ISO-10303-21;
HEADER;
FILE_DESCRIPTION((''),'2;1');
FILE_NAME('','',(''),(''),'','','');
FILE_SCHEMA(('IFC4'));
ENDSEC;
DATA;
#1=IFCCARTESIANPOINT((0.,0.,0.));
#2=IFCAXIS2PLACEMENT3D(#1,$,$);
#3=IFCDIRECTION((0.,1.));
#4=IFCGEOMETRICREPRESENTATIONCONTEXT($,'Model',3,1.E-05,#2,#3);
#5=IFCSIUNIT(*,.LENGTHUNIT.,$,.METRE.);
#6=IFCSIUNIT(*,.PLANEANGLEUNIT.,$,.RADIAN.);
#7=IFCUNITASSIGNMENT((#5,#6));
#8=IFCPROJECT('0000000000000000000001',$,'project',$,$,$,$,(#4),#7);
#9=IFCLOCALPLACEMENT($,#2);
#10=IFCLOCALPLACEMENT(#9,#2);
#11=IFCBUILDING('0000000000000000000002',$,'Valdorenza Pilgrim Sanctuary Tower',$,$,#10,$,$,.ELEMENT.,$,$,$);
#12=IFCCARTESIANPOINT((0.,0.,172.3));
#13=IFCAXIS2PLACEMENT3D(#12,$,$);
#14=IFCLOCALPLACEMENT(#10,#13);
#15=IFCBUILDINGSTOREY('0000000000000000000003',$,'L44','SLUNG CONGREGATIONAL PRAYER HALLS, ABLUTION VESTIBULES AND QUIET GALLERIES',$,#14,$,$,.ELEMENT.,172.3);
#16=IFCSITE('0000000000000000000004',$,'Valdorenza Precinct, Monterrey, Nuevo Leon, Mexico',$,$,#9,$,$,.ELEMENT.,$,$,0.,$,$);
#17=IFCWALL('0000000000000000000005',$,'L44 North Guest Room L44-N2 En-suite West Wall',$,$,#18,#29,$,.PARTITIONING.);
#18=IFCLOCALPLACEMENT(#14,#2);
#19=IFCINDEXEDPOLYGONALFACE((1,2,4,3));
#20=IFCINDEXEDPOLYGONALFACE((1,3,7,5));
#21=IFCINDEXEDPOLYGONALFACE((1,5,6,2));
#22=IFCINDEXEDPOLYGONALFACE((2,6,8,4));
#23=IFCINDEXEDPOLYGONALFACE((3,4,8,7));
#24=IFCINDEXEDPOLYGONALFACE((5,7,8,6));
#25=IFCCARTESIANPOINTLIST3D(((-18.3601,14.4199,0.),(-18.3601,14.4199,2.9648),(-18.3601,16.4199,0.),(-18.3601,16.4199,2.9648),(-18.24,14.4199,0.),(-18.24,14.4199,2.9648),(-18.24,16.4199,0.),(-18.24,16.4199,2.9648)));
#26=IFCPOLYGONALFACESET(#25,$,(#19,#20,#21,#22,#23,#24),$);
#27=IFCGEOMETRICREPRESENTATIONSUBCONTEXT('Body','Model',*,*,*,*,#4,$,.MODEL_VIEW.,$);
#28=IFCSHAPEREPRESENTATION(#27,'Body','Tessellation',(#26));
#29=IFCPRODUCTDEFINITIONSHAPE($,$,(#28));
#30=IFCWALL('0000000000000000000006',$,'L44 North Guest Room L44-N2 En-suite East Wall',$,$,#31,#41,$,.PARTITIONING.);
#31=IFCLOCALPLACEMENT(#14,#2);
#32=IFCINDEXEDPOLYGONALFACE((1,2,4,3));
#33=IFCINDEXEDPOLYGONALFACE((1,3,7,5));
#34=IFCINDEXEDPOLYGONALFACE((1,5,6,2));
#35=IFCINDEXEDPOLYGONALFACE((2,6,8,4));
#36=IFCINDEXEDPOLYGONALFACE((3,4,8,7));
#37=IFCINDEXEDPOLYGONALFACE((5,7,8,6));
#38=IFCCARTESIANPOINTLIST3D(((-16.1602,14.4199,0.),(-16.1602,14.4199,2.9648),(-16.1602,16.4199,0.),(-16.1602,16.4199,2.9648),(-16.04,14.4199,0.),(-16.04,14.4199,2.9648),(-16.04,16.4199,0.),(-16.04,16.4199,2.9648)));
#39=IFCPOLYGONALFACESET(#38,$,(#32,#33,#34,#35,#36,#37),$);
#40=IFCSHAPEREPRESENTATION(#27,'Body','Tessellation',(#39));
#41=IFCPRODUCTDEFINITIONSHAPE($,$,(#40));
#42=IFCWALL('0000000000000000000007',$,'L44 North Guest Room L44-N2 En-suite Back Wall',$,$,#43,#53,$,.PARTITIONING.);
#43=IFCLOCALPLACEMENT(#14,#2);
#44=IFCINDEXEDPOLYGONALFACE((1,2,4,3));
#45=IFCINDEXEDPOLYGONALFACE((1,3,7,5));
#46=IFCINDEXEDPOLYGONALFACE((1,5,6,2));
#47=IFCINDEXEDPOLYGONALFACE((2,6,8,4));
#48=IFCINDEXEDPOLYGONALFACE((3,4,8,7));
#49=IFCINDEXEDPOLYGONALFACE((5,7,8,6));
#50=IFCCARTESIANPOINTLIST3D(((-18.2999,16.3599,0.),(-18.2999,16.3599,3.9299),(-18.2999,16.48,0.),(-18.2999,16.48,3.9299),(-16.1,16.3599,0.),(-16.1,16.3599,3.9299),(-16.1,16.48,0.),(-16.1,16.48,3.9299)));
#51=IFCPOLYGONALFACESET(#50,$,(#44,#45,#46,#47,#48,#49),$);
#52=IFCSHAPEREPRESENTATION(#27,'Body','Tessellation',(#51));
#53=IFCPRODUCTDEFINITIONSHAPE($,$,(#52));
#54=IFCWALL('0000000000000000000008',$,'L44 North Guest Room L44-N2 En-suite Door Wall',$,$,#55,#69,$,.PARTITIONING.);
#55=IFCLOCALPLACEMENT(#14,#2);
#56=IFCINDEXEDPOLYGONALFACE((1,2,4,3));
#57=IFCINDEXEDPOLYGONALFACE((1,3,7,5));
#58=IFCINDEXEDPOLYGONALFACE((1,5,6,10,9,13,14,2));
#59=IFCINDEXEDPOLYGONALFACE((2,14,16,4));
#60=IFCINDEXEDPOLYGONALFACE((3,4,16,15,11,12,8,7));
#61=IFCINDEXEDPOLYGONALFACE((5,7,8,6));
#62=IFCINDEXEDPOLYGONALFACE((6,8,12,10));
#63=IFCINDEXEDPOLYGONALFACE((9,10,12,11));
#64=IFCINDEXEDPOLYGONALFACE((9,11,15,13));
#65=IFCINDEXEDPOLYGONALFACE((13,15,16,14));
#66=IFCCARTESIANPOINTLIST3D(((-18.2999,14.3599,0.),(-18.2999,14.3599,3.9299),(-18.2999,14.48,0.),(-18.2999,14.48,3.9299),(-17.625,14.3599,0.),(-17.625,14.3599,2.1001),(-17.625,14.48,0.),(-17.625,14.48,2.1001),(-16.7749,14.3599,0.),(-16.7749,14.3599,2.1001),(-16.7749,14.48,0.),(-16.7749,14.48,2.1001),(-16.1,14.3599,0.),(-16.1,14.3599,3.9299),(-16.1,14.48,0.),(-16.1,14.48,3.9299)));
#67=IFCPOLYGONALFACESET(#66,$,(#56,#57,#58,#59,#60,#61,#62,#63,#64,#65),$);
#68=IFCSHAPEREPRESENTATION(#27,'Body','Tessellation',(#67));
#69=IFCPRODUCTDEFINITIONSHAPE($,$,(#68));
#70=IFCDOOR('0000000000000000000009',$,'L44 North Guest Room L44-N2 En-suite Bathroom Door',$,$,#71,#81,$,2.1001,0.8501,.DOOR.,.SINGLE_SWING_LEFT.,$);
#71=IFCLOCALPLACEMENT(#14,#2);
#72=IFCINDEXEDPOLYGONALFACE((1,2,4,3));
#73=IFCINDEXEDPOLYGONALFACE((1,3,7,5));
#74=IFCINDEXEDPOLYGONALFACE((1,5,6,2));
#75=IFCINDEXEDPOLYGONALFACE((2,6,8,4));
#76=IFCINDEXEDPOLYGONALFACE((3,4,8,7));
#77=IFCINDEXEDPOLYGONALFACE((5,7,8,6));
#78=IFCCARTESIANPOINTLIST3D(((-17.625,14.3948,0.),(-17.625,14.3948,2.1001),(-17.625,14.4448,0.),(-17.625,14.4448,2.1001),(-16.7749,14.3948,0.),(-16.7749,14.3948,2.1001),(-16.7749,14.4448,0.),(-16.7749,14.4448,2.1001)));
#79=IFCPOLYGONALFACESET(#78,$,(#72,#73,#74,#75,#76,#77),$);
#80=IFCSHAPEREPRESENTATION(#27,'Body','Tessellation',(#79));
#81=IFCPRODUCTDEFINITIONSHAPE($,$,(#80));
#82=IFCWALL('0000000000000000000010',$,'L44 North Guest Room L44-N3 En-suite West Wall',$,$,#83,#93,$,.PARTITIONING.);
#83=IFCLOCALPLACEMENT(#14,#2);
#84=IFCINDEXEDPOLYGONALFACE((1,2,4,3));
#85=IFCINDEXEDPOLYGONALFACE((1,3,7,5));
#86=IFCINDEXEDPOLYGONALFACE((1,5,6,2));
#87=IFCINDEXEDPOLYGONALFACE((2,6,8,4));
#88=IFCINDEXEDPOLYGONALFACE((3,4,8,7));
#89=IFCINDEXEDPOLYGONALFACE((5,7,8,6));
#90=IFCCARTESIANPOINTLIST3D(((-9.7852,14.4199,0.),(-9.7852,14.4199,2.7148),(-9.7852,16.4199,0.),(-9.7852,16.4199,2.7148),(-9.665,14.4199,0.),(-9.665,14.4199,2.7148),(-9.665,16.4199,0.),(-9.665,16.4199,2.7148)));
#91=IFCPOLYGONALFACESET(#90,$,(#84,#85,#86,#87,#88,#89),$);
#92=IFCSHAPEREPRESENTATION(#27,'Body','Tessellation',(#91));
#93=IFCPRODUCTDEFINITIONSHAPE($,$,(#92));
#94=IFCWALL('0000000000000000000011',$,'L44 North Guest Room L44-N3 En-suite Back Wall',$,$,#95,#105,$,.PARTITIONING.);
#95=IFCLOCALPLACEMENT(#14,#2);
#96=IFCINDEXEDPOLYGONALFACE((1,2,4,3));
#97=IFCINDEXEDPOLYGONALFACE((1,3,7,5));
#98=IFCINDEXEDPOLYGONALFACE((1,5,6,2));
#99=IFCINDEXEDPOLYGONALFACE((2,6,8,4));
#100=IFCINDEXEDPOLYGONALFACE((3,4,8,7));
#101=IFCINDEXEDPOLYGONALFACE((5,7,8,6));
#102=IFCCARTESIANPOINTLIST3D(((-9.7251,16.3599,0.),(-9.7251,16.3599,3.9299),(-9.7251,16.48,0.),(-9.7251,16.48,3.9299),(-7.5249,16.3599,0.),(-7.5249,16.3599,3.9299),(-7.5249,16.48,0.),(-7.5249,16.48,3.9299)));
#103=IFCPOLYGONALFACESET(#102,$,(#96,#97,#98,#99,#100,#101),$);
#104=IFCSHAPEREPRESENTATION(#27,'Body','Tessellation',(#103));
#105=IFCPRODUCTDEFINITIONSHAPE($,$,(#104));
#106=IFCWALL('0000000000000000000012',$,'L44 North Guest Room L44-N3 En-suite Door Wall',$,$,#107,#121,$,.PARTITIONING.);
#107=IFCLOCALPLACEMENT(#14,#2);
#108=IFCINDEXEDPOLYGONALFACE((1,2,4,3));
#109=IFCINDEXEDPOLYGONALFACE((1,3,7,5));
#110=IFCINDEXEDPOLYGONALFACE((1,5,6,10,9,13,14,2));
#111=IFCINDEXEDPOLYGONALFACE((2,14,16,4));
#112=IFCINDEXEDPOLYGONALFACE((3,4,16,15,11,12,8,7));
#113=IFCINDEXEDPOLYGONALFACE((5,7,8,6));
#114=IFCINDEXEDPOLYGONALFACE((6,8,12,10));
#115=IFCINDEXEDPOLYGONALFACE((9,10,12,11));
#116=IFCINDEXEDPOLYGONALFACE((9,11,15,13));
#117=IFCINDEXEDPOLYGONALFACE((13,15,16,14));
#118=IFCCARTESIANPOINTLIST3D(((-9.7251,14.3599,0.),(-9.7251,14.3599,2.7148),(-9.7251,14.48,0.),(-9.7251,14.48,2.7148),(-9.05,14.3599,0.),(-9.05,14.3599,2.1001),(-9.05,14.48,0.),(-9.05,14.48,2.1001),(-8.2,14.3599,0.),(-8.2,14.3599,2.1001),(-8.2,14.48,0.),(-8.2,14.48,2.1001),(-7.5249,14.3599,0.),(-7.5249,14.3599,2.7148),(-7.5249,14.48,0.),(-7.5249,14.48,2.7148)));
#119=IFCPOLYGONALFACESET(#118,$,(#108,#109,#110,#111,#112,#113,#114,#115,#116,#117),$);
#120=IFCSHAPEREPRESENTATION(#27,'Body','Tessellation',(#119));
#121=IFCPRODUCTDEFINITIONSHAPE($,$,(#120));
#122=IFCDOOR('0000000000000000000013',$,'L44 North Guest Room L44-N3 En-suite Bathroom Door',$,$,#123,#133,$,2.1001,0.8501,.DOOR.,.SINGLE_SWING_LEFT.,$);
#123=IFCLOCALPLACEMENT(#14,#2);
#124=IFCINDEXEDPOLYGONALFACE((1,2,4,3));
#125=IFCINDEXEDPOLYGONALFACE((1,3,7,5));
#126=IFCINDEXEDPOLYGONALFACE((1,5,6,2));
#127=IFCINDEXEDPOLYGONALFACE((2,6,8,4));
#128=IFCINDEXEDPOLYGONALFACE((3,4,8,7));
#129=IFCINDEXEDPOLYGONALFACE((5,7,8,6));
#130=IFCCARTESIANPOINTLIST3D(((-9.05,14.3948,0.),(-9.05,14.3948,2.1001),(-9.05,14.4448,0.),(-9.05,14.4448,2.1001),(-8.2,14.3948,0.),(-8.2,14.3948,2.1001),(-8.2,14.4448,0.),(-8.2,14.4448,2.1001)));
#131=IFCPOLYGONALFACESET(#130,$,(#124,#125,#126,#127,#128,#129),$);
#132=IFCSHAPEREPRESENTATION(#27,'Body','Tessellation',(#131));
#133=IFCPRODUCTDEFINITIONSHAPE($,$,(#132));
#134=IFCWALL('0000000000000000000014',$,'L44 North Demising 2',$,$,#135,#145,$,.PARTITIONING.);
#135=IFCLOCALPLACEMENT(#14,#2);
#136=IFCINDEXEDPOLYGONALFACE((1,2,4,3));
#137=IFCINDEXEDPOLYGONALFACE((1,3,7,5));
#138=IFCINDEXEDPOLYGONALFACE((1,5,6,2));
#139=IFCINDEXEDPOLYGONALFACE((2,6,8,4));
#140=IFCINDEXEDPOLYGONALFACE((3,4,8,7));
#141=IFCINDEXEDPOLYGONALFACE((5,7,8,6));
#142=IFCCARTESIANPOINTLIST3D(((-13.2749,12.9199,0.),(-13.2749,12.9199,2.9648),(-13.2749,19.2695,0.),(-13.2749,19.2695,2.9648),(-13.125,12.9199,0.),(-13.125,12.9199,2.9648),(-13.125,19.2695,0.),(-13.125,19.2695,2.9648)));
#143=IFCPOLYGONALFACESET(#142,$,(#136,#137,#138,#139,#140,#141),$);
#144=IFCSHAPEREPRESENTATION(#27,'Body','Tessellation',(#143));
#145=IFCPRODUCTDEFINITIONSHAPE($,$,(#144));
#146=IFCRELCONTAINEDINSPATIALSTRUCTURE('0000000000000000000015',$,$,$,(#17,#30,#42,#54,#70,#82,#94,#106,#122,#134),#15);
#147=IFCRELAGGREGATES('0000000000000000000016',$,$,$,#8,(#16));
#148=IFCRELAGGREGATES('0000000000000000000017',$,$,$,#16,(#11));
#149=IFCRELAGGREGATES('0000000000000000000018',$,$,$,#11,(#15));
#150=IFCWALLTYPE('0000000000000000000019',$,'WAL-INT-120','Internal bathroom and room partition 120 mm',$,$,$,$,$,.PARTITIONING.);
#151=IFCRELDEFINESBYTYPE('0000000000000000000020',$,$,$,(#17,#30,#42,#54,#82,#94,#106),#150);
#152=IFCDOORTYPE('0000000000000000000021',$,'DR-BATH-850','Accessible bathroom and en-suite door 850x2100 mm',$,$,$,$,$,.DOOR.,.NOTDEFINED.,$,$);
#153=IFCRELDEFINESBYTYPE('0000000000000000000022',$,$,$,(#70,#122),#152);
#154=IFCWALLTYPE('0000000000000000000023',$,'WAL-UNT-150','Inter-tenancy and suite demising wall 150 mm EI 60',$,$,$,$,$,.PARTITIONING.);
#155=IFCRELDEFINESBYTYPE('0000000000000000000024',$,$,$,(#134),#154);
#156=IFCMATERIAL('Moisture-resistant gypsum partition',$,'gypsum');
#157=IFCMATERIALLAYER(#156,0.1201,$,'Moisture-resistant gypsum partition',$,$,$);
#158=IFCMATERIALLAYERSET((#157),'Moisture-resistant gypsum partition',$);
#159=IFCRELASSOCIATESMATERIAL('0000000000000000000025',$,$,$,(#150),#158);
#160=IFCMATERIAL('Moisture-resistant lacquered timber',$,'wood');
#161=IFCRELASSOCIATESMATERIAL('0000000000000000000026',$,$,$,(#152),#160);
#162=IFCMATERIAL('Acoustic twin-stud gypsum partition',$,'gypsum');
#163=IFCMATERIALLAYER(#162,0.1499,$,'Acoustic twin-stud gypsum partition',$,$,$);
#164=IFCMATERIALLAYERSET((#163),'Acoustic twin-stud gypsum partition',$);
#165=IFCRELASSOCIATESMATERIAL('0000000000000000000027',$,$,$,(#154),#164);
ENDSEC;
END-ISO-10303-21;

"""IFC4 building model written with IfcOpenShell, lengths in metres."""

from ifc_helpers import new_model, si_unit, direction, frame, frame_2d, origin, place, context, subcontext, project, spatial, rectangle, extrude, material, layer, layer_set, type_object, element, fill, save


model = new_model("IFC4")

# Units and contexts
model_context = context("Model", 3, precision=1e-05, world=origin(), true_north=direction((0.0, 1.0)))
body_context = subcontext(model_context, "Body", "Model", "MODEL_VIEW")
ifc_project = project(units=[si_unit("LENGTHUNIT", "METRE"), si_unit("PLANEANGLEUNIT", "RADIAN")], contexts=[model_context])

# Site, building, storey
site_placement = place(None, origin())
site = spatial("IfcSite", under=ifc_project, at=site_placement, Name="Valdorenza Precinct, Monterrey, Nuevo Leon, Mexico", CompositionType="ELEMENT", RefElevation=0.0)
building_placement = place(site_placement, origin())
building = spatial("IfcBuilding", under=site, at=building_placement, Name="Valdorenza Pilgrim Sanctuary Tower", CompositionType="ELEMENT")
storey_placement = place(building_placement, frame((0.0, 0.0, 172.3)))
storey = spatial("IfcBuildingStorey", under=building, at=storey_placement, Name="L44", Description="SLUNG CONGREGATIONAL PRAYER HALLS, ABLUTION VESTIBULES AND QUIET GALLERIES", CompositionType="ELEMENT", Elevation=172.3)

# Walls
ifc_material_1 = material(Name="Moisture-resistant gypsum partition", Category="gypsum")
ifc_layer_1 = layer(ifc_material_1, 0.1201, Name="Moisture-resistant gypsum partition")
ifc_layer_set_1 = layer_set([ifc_layer_1], Name="Moisture-resistant gypsum partition")
wall_type_1 = type_object("IfcWallType", Name="WAL-INT-120", Description="Internal bathroom and room partition 120 mm", PredefinedType="PARTITIONING", material=ifc_layer_set_1)
for number, where, z_axis, x_axis, name in (
    (1, (-18.3, 14.4199, 0.0), (0.0, 0.0, 1.0), (0.0, 1.0, 0.0), "L44 North Guest Room L44-N2 En-suite West Wall"),
    (2, (-16.1001, 14.4199, 0.0), (0.0, 0.0, 1.0), (0.0, 1.0, 0.0), "L44 North Guest Room L44-N2 En-suite East Wall"),
):
    element("IfcWall", number, at=place(storey_placement, frame(where, z_axis=z_axis, x_axis=x_axis)), inside=storey, type_object=wall_type_1, Name=name, PredefinedType="PARTITIONING", context=body_context, shape_type="SweptSolid", body=[
        extrude(rectangle(XDim=2.0, YDim=0.1201, at=frame_2d((1.0, 0.0))), origin(), (0.0, 0.0, 1.0), 2.9648),
    ])
wall_1_placement = place(storey_placement, frame((-18.3, 16.4199, 0.0), z_axis=(0.0, 0.0, 1.0), x_axis=(1.0, 0.0, 0.0)))
element("IfcWall", 3, at=wall_1_placement, inside=storey, type_object=wall_type_1, Name="L44 North Guest Room L44-N2 En-suite Back Wall", PredefinedType="PARTITIONING", context=body_context, shape_type="SweptSolid", body=[
    extrude(rectangle(XDim=2.2, YDim=0.1201, at=frame_2d((1.1001, 0.0))), origin(), (0.0, 0.0, 1.0), 3.9299),
])

# Wall, opening, door
wall_2_placement = place(storey_placement, frame((-18.3, 14.4199, 0.0), z_axis=(0.0, 0.0, 1.0), x_axis=(1.0, 0.0, 0.0)))
wall_2 = element("IfcWall", 4, at=wall_2_placement, inside=storey, type_object=wall_type_1, Name="L44 North Guest Room L44-N2 En-suite Door Wall", PredefinedType="PARTITIONING", context=body_context, shape_type="SweptSolid", body=[
    extrude(rectangle(XDim=2.2, YDim=0.1201, at=frame_2d((1.1001, 0.0))), origin(), (0.0, 0.0, 1.0), 3.9299),
])
opening_1_placement = place(wall_2_placement, frame((0.675, 0.0, 0.0)))
opening_1 = element("IfcOpeningElement", 5, at=opening_1_placement, cuts=wall_2, PredefinedType="OPENING", context=body_context, shape_type="SweptSolid", body=[
    extrude(rectangle(XDim=0.8501, YDim=2.1001, at=frame_2d((0.425, 1.05))), frame((0.0, 0.075, 0.0), z_axis=(0.0, -1.0, 0.0), x_axis=(1.0, 0.0, 0.0)), (0.0, 0.0, 1.0), 0.1499),
])
ifc_material_2 = material(Name="Moisture-resistant lacquered timber", Category="wood")
door_type = type_object("IfcDoorType", Name="DR-BATH-850", Description="Accessible bathroom and en-suite door 850x2100 mm", OperationType="NOTDEFINED", PredefinedType="DOOR", material=ifc_material_2)
door_1_placement = place(opening_1_placement, origin())
door_1 = element("IfcDoor", 6, at=door_1_placement, inside=storey, type_object=door_type, Name="L44 North Guest Room L44-N2 En-suite Bathroom Door", OperationType="SINGLE_SWING_LEFT", OverallHeight=2.1001, OverallWidth=0.8501, PredefinedType="DOOR", context=body_context, shape_type="SweptSolid", body=[
    extrude(rectangle(XDim=0.8501, YDim=2.1001, at=frame_2d((0.425, 1.05))), frame((0.0, 0.0249, 0.0), z_axis=(0.0, -1.0, 0.0), x_axis=(1.0, 0.0, 0.0)), (0.0, 0.0, 1.0), 0.05),
])
fill(opening_1, door_1)

# Walls
wall_3_placement = place(storey_placement, frame((-9.7251, 14.4199, 0.0), z_axis=(0.0, 0.0, 1.0), x_axis=(0.0, 1.0, 0.0)))
element("IfcWall", 7, at=wall_3_placement, inside=storey, type_object=wall_type_1, Name="L44 North Guest Room L44-N3 En-suite West Wall", PredefinedType="PARTITIONING", context=body_context, shape_type="SweptSolid", body=[
    extrude(rectangle(XDim=2.0, YDim=0.1201, at=frame_2d((1.0, 0.0))), origin(), (0.0, 0.0, 1.0), 2.7148),
])
wall_4_placement = place(storey_placement, frame((-9.7251, 16.4199, 0.0), z_axis=(0.0, 0.0, 1.0), x_axis=(1.0, 0.0, 0.0)))
element("IfcWall", 8, at=wall_4_placement, inside=storey, type_object=wall_type_1, Name="L44 North Guest Room L44-N3 En-suite Back Wall", PredefinedType="PARTITIONING", context=body_context, shape_type="SweptSolid", body=[
    extrude(rectangle(XDim=2.2002, YDim=0.1201, at=frame_2d((1.1001, 0.0))), origin(), (0.0, 0.0, 1.0), 3.9299),
])

# Wall, opening, door
wall_5_placement = place(storey_placement, frame((-9.7251, 14.4199, 0.0), z_axis=(0.0, 0.0, 1.0), x_axis=(1.0, 0.0, 0.0)))
wall_5 = element("IfcWall", 9, at=wall_5_placement, inside=storey, type_object=wall_type_1, Name="L44 North Guest Room L44-N3 En-suite Door Wall", PredefinedType="PARTITIONING", context=body_context, shape_type="SweptSolid", body=[
    extrude(rectangle(XDim=2.2002, YDim=0.1201, at=frame_2d((1.1001, 0.0))), origin(), (0.0, 0.0, 1.0), 2.7148),
])
opening_2_placement = place(wall_5_placement, frame((0.675, 0.0, 0.0)))
opening_2 = element("IfcOpeningElement", 10, at=opening_2_placement, cuts=wall_5, PredefinedType="OPENING", context=body_context, shape_type="SweptSolid", body=[
    extrude(rectangle(XDim=0.8501, YDim=2.1001, at=frame_2d((0.425, 1.05))), frame((0.0, 0.075, 0.0), z_axis=(0.0, -1.0, 0.0), x_axis=(1.0, 0.0, 0.0)), (0.0, 0.0, 1.0), 0.1499),
])
door_2_placement = place(opening_2_placement, origin())
door_2 = element("IfcDoor", 11, at=door_2_placement, inside=storey, type_object=door_type, Name="L44 North Guest Room L44-N3 En-suite Bathroom Door", OperationType="SINGLE_SWING_LEFT", OverallHeight=2.1001, OverallWidth=0.8501, PredefinedType="DOOR", context=body_context, shape_type="SweptSolid", body=[
    extrude(rectangle(XDim=0.8501, YDim=2.1001, at=frame_2d((0.425, 1.05))), frame((0.0, 0.0249, 0.0), z_axis=(0.0, -1.0, 0.0), x_axis=(1.0, 0.0, 0.0)), (0.0, 0.0, 1.0), 0.05),
])
fill(opening_2, door_2)

# Wall
ifc_material_3 = material(Name="Acoustic twin-stud gypsum partition", Category="gypsum")
ifc_layer_2 = layer(ifc_material_3, 0.1499, Name="Acoustic twin-stud gypsum partition")
ifc_layer_set_2 = layer_set([ifc_layer_2], Name="Acoustic twin-stud gypsum partition")
wall_type_2 = type_object("IfcWallType", Name="WAL-UNT-150", Description="Inter-tenancy and suite demising wall 150 mm EI 60", PredefinedType="PARTITIONING", material=ifc_layer_set_2)
wall_6_placement = place(storey_placement, frame((-13.2, 12.9199, 0.0), z_axis=(0.0, 0.0, 1.0), x_axis=(0.0, 1.0, 0.0)))
element("IfcWall", 12, at=wall_6_placement, inside=storey, type_object=wall_type_2, Name="L44 North Demising 2", PredefinedType="PARTITIONING", context=body_context, shape_type="SweptSolid", body=[
    extrude(rectangle(XDim=6.3496, YDim=0.1499, at=frame_2d((3.1748, 0.0))), origin(), (0.0, 0.0, 1.0), 2.9648),
])

save(model, "model.ifc")
